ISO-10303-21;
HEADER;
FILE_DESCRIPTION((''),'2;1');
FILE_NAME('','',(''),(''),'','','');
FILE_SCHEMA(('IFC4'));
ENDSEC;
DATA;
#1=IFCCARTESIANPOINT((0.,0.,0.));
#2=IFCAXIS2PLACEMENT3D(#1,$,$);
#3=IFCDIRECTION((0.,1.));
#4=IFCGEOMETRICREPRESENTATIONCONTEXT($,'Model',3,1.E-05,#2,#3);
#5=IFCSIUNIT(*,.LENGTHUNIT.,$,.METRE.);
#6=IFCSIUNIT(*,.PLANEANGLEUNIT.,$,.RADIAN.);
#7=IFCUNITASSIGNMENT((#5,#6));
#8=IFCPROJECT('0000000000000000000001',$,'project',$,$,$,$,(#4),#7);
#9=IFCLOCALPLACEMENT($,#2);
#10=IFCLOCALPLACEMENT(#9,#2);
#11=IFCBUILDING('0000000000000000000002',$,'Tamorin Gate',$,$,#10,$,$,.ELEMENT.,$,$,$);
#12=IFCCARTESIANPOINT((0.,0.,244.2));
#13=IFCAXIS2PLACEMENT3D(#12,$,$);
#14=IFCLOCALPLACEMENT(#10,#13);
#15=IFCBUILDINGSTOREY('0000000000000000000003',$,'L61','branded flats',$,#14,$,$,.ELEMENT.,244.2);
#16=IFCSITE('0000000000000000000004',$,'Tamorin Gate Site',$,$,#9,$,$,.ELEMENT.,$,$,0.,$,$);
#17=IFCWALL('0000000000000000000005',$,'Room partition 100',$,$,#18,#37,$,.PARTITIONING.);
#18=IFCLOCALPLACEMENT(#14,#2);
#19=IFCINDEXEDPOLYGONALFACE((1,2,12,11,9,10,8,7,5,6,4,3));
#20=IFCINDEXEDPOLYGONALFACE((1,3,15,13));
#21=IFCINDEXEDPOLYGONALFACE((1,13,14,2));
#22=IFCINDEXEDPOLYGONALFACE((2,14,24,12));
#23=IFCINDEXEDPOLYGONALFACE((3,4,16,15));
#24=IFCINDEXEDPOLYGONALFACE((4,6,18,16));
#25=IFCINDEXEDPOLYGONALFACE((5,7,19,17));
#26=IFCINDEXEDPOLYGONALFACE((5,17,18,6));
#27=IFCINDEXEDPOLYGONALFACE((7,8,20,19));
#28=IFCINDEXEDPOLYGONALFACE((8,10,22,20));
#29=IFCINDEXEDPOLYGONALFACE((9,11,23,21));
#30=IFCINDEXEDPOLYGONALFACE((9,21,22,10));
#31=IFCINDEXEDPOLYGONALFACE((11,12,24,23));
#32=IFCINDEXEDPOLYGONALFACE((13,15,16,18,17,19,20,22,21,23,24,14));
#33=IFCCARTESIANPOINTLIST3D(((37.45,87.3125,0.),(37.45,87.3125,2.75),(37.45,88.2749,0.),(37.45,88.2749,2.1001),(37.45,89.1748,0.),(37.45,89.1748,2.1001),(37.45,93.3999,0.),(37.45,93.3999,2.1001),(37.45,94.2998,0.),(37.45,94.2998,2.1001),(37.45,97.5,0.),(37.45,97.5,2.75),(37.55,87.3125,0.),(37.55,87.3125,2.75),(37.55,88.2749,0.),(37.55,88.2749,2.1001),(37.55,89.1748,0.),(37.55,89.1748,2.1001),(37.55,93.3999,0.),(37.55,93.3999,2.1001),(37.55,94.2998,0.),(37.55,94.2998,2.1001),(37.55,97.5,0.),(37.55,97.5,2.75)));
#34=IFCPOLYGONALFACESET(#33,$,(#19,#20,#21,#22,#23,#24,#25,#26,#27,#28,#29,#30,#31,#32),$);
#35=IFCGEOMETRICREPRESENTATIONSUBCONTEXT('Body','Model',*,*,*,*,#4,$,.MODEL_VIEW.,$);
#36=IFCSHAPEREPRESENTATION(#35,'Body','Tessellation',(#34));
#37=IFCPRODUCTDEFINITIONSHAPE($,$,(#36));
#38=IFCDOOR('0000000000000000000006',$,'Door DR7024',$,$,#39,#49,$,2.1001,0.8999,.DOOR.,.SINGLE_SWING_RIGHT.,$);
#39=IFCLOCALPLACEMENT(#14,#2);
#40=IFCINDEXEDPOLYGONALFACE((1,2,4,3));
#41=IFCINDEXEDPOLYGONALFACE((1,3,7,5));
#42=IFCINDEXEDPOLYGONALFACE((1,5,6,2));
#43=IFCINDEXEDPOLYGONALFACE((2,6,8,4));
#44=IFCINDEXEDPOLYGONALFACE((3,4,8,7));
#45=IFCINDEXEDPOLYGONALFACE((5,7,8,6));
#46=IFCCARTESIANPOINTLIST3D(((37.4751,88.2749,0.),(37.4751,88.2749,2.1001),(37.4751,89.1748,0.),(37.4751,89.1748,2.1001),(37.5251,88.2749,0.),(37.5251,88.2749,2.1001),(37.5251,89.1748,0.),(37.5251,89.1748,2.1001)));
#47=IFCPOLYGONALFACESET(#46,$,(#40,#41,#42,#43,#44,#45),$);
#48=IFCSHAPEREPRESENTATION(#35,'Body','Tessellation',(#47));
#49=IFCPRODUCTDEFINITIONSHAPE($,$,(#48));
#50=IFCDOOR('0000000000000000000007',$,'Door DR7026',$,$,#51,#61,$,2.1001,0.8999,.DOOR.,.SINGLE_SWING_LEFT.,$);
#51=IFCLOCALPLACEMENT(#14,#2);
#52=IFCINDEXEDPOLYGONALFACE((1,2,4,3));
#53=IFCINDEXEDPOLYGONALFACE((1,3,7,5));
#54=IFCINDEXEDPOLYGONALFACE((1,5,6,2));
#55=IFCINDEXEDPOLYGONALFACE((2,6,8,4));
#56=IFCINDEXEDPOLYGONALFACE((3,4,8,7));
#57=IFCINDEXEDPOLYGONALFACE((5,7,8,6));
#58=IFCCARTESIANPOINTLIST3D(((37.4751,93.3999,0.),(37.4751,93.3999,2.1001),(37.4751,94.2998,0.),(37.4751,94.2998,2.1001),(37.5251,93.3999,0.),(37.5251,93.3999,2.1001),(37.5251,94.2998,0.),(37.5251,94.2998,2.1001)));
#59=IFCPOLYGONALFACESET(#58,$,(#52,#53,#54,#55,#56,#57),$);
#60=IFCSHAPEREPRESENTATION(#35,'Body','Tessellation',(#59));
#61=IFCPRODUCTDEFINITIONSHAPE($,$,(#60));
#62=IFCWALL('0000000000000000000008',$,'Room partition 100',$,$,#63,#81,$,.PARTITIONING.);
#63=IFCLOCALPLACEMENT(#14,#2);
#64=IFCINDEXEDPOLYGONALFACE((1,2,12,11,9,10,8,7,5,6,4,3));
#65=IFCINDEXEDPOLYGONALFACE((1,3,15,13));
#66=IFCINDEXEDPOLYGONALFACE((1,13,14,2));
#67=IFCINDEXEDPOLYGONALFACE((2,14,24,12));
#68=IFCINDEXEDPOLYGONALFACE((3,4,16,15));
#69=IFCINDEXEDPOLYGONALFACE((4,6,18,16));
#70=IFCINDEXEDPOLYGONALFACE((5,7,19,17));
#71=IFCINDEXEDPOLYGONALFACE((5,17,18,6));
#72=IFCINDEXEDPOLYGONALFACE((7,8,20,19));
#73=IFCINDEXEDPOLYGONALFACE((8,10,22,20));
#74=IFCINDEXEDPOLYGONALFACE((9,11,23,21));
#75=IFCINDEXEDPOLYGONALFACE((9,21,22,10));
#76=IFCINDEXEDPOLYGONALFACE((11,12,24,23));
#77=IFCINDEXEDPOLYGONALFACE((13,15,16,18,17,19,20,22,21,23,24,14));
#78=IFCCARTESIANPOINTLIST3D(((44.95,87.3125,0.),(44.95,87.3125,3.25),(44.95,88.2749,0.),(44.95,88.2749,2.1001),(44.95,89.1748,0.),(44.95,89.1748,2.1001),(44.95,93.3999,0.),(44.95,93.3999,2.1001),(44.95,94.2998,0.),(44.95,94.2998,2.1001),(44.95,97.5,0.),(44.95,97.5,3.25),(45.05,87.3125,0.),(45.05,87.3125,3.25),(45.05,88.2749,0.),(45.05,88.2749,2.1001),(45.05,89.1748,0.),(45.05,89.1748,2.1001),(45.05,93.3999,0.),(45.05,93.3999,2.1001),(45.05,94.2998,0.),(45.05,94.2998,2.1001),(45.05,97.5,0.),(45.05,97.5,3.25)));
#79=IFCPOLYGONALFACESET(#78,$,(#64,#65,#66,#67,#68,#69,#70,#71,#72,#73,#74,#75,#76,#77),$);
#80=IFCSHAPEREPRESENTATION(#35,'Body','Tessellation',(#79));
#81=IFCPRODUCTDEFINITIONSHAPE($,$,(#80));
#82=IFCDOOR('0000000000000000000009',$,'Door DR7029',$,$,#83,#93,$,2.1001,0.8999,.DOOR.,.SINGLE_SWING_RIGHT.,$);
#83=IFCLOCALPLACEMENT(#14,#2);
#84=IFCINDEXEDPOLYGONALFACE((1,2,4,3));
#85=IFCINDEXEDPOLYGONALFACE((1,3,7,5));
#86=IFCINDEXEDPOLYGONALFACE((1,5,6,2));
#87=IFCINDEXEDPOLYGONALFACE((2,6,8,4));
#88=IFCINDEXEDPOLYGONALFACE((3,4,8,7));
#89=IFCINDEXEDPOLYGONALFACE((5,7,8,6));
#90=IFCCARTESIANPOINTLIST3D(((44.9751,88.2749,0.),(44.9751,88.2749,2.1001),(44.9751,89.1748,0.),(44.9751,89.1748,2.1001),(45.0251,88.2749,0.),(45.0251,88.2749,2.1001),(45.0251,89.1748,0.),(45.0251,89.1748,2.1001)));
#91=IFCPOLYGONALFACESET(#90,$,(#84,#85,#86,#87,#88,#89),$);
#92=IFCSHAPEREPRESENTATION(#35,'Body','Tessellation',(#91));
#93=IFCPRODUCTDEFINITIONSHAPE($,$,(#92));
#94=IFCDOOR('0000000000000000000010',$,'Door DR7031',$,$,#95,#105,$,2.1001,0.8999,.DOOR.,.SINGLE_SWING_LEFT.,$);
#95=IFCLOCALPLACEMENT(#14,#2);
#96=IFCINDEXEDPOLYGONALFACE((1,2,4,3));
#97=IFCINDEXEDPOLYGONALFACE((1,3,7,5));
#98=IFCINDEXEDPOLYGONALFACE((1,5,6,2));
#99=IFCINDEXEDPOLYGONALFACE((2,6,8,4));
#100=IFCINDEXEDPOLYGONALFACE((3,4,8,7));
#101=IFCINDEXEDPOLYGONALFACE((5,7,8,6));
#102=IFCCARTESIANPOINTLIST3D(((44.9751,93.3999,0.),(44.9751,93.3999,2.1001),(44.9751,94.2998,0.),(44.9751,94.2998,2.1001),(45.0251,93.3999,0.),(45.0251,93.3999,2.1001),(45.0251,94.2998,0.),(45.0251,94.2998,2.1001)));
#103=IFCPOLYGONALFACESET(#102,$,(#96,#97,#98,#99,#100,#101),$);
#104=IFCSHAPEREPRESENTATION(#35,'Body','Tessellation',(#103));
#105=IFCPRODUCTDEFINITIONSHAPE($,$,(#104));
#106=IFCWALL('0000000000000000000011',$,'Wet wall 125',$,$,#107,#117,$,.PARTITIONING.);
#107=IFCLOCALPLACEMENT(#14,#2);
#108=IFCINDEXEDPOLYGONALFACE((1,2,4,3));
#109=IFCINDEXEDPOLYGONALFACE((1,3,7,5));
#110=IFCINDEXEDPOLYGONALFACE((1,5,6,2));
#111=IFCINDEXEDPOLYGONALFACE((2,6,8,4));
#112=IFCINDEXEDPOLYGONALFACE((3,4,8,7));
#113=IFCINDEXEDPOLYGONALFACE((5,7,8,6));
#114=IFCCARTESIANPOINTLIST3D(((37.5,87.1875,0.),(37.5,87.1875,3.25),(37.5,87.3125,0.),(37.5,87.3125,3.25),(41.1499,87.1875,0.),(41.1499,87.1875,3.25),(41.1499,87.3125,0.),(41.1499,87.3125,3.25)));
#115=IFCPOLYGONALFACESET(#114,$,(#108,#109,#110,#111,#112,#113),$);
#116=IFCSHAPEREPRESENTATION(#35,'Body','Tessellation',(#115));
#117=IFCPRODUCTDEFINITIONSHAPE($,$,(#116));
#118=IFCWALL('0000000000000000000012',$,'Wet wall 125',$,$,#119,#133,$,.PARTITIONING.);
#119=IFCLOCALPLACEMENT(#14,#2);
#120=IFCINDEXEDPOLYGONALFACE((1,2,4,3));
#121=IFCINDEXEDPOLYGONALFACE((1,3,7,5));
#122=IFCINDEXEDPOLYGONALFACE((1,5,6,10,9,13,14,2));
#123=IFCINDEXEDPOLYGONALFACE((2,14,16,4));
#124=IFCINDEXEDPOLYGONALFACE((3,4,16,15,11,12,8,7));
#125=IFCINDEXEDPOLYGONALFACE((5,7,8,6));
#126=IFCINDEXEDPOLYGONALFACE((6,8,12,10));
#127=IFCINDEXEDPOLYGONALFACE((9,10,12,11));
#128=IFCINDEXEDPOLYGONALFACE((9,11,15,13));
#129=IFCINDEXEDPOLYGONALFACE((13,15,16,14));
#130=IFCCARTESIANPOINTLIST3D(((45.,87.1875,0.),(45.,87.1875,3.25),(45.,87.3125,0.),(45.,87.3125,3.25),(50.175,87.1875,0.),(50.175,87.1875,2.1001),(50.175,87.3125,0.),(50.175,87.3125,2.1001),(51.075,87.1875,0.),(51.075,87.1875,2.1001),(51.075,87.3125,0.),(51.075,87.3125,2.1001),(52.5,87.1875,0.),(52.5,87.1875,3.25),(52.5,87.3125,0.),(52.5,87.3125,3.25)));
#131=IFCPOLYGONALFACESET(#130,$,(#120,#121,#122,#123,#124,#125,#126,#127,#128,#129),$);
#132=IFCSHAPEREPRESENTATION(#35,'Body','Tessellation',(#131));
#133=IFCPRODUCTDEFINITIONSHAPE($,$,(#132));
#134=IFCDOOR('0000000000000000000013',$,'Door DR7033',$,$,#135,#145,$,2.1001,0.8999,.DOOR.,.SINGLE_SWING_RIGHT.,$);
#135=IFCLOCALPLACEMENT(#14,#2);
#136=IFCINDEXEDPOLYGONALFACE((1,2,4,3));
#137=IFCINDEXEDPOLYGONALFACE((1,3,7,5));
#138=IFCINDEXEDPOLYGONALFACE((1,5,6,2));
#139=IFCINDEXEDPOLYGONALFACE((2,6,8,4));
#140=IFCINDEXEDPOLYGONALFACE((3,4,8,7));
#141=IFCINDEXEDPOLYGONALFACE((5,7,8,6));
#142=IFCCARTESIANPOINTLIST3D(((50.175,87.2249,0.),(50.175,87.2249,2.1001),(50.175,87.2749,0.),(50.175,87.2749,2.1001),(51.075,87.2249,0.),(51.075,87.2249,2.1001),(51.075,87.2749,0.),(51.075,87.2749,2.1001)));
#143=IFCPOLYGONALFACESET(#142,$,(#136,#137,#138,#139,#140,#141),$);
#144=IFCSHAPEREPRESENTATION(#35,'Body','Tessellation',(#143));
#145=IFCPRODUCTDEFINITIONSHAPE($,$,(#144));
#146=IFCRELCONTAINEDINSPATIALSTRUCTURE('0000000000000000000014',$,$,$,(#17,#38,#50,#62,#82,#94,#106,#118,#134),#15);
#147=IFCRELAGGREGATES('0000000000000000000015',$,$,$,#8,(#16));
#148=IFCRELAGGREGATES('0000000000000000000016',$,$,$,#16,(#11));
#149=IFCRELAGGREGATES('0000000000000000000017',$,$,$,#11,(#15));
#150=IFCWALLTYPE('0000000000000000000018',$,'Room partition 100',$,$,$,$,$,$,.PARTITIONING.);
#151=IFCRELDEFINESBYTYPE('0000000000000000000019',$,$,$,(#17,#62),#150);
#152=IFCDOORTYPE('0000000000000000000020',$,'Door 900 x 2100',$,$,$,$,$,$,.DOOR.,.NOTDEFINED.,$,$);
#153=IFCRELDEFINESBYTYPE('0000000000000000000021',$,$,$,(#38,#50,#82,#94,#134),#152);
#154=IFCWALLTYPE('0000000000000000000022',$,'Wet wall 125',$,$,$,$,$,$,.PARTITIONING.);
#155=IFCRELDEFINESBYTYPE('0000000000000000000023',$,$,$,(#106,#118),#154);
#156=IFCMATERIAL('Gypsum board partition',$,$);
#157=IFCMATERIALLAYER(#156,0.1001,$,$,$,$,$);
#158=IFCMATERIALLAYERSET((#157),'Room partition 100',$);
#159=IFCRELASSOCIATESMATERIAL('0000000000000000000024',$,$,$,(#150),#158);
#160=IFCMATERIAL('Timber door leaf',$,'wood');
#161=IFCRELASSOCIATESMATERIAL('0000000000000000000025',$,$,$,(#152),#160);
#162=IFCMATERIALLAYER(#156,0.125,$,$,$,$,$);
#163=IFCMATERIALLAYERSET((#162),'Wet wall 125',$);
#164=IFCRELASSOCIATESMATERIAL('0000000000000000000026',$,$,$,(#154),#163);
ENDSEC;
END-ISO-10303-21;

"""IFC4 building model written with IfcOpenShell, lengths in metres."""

from ifc_helpers import new_model, si_unit, direction, frame, frame_2d, origin, place, context, subcontext, project, spatial, rectangle, extrude, material, layer, layer_set, type_object, element, fill, save


model = new_model("IFC4")

# Units and contexts
model_context = context("Model", 3, precision=1e-05, world=origin(), true_north=direction((0.0, 1.0)))
body_context = subcontext(model_context, "Body", "Model", "MODEL_VIEW")
ifc_project = project(units=[si_unit("LENGTHUNIT", "METRE"), si_unit("PLANEANGLEUNIT", "RADIAN")], contexts=[model_context])

# Site, building, storey
site_placement = place(None, origin())
site = spatial("IfcSite", under=ifc_project, at=site_placement, Name="Tamorin Gate Site", CompositionType="ELEMENT", RefElevation=0.0)
building_placement = place(site_placement, origin())
building = spatial("IfcBuilding", under=site, at=building_placement, Name="Tamorin Gate", CompositionType="ELEMENT")
storey_placement = place(building_placement, frame((0.0, 0.0, 244.2)))
storey = spatial("IfcBuildingStorey", under=building, at=storey_placement, Name="L61", Description="branded flats", CompositionType="ELEMENT", Elevation=244.2)

# Shared definitions
ifc_material_1 = material(Name="Gypsum board partition")

# Walls, openings, doors
ifc_layer_1 = layer(ifc_material_1, 0.1001)
ifc_layer_set_1 = layer_set([ifc_layer_1], Name="Room partition 100")
wall_type_1 = type_object("IfcWallType", Name="Room partition 100", PredefinedType="PARTITIONING", material=ifc_layer_set_1)
wall_1_placement = place(storey_placement, frame((37.5, 87.3125, 0.0), z_axis=(0.0, 0.0, 1.0), x_axis=(0.0, 1.0, 0.0)))
wall_1 = element("IfcWall", 1, at=wall_1_placement, inside=storey, type_object=wall_type_1, Name="Room partition 100", PredefinedType="PARTITIONING", context=body_context, shape_type="SweptSolid", body=[
    extrude(rectangle(XDim=10.1875, YDim=0.1001, at=frame_2d((5.0938, 0.0))), origin(), (0.0, 0.0, 1.0), 2.75),
])
opening_1_placement = place(wall_1_placement, frame((0.9624, 0.0, 0.0)))
opening_1 = element("IfcOpeningElement", 2, at=opening_1_placement, cuts=wall_1, PredefinedType="OPENING", context=body_context, shape_type="SweptSolid", body=[
    extrude(rectangle(XDim=0.8999, YDim=2.1001, at=frame_2d((0.45, 1.05))), frame((0.0, 0.0601, 0.0), z_axis=(0.0, -1.0, 0.0), x_axis=(1.0, 0.0, 0.0)), (0.0, 0.0, 1.0), 0.1201),
])
opening_2_placement = place(wall_1_placement, frame((6.0874, 0.0, 0.0)))
opening_2 = element("IfcOpeningElement", 3, at=opening_2_placement, cuts=wall_1, PredefinedType="OPENING", context=body_context, shape_type="SweptSolid", body=[
    extrude(rectangle(XDim=0.8999, YDim=2.1001, at=frame_2d((0.45, 1.05))), frame((0.0, 0.0601, 0.0), z_axis=(0.0, -1.0, 0.0), x_axis=(1.0, 0.0, 0.0)), (0.0, 0.0, 1.0), 0.1201),
])
ifc_material_2 = material(Name="Timber door leaf", Category="wood")
door_type = type_object("IfcDoorType", Name="Door 900 x 2100", OperationType="NOTDEFINED", PredefinedType="DOOR", material=ifc_material_2)
door_1_placement = place(opening_1_placement, origin())
door_1 = element("IfcDoor", 4, at=door_1_placement, inside=storey, type_object=door_type, Name="Door DR7024", OperationType="SINGLE_SWING_RIGHT", OverallHeight=2.1001, OverallWidth=0.8999, PredefinedType="DOOR", context=body_context, shape_type="SweptSolid", body=[
    extrude(rectangle(XDim=0.8999, YDim=2.1001, at=frame_2d((0.45, 1.05))), frame((0.0, 0.0249, 0.0), z_axis=(0.0, -1.0, 0.0), x_axis=(1.0, 0.0, 0.0)), (0.0, 0.0, 1.0), 0.05),
])
fill(opening_1, door_1)
door_2_placement = place(opening_2_placement, origin())
door_2 = element("IfcDoor", 5, at=door_2_placement, inside=storey, type_object=door_type, Name="Door DR7026", OperationType="SINGLE_SWING_LEFT", OverallHeight=2.1001, OverallWidth=0.8999, PredefinedType="DOOR", context=body_context, shape_type="SweptSolid", body=[
    extrude(rectangle(XDim=0.8999, YDim=2.1001, at=frame_2d((0.45, 1.05))), frame((0.0, 0.0249, 0.0), z_axis=(0.0, -1.0, 0.0), x_axis=(1.0, 0.0, 0.0)), (0.0, 0.0, 1.0), 0.05),
])
fill(opening_2, door_2)
wall_2_placement = place(storey_placement, frame((45.0, 87.3125, 0.0), z_axis=(0.0, 0.0, 1.0), x_axis=(0.0, 1.0, 0.0)))
wall_2 = element("IfcWall", 6, at=wall_2_placement, inside=storey, type_object=wall_type_1, Name="Room partition 100", PredefinedType="PARTITIONING", context=body_context, shape_type="SweptSolid", body=[
    extrude(rectangle(XDim=10.1875, YDim=0.1001, at=frame_2d((5.0938, 0.0))), origin(), (0.0, 0.0, 1.0), 3.25),
])
opening_3_placement = place(wall_2_placement, frame((0.9624, 0.0, 0.0)))
opening_3 = element("IfcOpeningElement", 7, at=opening_3_placement, cuts=wall_2, PredefinedType="OPENING", context=body_context, shape_type="SweptSolid", body=[
    extrude(rectangle(XDim=0.8999, YDim=2.1001, at=frame_2d((0.45, 1.05))), frame((0.0, 0.0601, 0.0), z_axis=(0.0, -1.0, 0.0), x_axis=(1.0, 0.0, 0.0)), (0.0, 0.0, 1.0), 0.1201),
])
opening_4_placement = place(wall_2_placement, frame((6.0874, 0.0, 0.0)))
opening_4 = element("IfcOpeningElement", 8, at=opening_4_placement, cuts=wall_2, PredefinedType="OPENING", context=body_context, shape_type="SweptSolid", body=[
    extrude(rectangle(XDim=0.8999, YDim=2.1001, at=frame_2d((0.45, 1.05))), frame((0.0, 0.0601, 0.0), z_axis=(0.0, -1.0, 0.0), x_axis=(1.0, 0.0, 0.0)), (0.0, 0.0, 1.0), 0.1201),
])
door_3_placement = place(opening_3_placement, origin())
door_3 = element("IfcDoor", 9, at=door_3_placement, inside=storey, type_object=door_type, Name="Door DR7029", OperationType="SINGLE_SWING_RIGHT", OverallHeight=2.1001, OverallWidth=0.8999, PredefinedType="DOOR", context=body_context, shape_type="SweptSolid", body=[
    extrude(rectangle(XDim=0.8999, YDim=2.1001, at=frame_2d((0.45, 1.05))), frame((0.0, 0.0249, 0.0), z_axis=(0.0, -1.0, 0.0), x_axis=(1.0, 0.0, 0.0)), (0.0, 0.0, 1.0), 0.05),
])
fill(opening_3, door_3)
door_4_placement = place(opening_4_placement, origin())
door_4 = element("IfcDoor", 10, at=door_4_placement, inside=storey, type_object=door_type, Name="Door DR7031", OperationType="SINGLE_SWING_LEFT", OverallHeight=2.1001, OverallWidth=0.8999, PredefinedType="DOOR", context=body_context, shape_type="SweptSolid", body=[
    extrude(rectangle(XDim=0.8999, YDim=2.1001, at=frame_2d((0.45, 1.05))), frame((0.0, 0.0249, 0.0), z_axis=(0.0, -1.0, 0.0), x_axis=(1.0, 0.0, 0.0)), (0.0, 0.0, 1.0), 0.05),
])
fill(opening_4, door_4)

# Wall
ifc_layer_2 = layer(ifc_material_1, 0.125)
ifc_layer_set_2 = layer_set([ifc_layer_2], Name="Wet wall 125")
wall_type_2 = type_object("IfcWallType", Name="Wet wall 125", PredefinedType="PARTITIONING", material=ifc_layer_set_2)
wall_3_placement = place(storey_placement, frame((37.5, 87.25, 0.0), z_axis=(0.0, 0.0, 1.0), x_axis=(1.0, 0.0, 0.0)))
element("IfcWall", 11, at=wall_3_placement, inside=storey, type_object=wall_type_2, Name="Wet wall 125", PredefinedType="PARTITIONING", context=body_context, shape_type="SweptSolid", body=[
    extrude(rectangle(XDim=3.6499, YDim=0.125, at=frame_2d((1.825, 0.0))), origin(), (0.0, 0.0, 1.0), 3.25),
])

# Wall, opening, door
wall_4_placement = place(storey_placement, frame((45.0, 87.25, 0.0), z_axis=(0.0, 0.0, 1.0), x_axis=(1.0, 0.0, 0.0)))
wall_4 = element("IfcWall", 12, at=wall_4_placement, inside=storey, type_object=wall_type_2, Name="Wet wall 125", PredefinedType="PARTITIONING", context=body_context, shape_type="SweptSolid", body=[
    extrude(rectangle(XDim=7.5, YDim=0.125, at=frame_2d((3.75, 0.0))), origin(), (0.0, 0.0, 1.0), 3.25),
])
opening_5_placement = place(wall_4_placement, frame((5.175, 0.0, 0.0)))
opening_5 = element("IfcOpeningElement", 13, at=opening_5_placement, cuts=wall_4, PredefinedType="OPENING", context=body_context, shape_type="SweptSolid", body=[
    extrude(rectangle(XDim=0.8999, YDim=2.1001, at=frame_2d((0.45, 1.05))), frame((0.0, 0.0725, 0.0), z_axis=(0.0, -1.0, 0.0), x_axis=(1.0, 0.0, 0.0)), (0.0, 0.0, 1.0), 0.145),
])
door_5_placement = place(opening_5_placement, origin())
door_5 = element("IfcDoor", 14, at=door_5_placement, inside=storey, type_object=door_type, Name="Door DR7033", OperationType="SINGLE_SWING_RIGHT", OverallHeight=2.1001, OverallWidth=0.8999, PredefinedType="DOOR", context=body_context, shape_type="SweptSolid", body=[
    extrude(rectangle(XDim=0.8999, YDim=2.1001, at=frame_2d((0.45, 1.05))), frame((0.0, 0.0249, 0.0), z_axis=(0.0, -1.0, 0.0), x_axis=(1.0, 0.0, 0.0)), (0.0, 0.0, 1.0), 0.05),
])
fill(opening_5, door_5)

save(model, "model.ifc")
